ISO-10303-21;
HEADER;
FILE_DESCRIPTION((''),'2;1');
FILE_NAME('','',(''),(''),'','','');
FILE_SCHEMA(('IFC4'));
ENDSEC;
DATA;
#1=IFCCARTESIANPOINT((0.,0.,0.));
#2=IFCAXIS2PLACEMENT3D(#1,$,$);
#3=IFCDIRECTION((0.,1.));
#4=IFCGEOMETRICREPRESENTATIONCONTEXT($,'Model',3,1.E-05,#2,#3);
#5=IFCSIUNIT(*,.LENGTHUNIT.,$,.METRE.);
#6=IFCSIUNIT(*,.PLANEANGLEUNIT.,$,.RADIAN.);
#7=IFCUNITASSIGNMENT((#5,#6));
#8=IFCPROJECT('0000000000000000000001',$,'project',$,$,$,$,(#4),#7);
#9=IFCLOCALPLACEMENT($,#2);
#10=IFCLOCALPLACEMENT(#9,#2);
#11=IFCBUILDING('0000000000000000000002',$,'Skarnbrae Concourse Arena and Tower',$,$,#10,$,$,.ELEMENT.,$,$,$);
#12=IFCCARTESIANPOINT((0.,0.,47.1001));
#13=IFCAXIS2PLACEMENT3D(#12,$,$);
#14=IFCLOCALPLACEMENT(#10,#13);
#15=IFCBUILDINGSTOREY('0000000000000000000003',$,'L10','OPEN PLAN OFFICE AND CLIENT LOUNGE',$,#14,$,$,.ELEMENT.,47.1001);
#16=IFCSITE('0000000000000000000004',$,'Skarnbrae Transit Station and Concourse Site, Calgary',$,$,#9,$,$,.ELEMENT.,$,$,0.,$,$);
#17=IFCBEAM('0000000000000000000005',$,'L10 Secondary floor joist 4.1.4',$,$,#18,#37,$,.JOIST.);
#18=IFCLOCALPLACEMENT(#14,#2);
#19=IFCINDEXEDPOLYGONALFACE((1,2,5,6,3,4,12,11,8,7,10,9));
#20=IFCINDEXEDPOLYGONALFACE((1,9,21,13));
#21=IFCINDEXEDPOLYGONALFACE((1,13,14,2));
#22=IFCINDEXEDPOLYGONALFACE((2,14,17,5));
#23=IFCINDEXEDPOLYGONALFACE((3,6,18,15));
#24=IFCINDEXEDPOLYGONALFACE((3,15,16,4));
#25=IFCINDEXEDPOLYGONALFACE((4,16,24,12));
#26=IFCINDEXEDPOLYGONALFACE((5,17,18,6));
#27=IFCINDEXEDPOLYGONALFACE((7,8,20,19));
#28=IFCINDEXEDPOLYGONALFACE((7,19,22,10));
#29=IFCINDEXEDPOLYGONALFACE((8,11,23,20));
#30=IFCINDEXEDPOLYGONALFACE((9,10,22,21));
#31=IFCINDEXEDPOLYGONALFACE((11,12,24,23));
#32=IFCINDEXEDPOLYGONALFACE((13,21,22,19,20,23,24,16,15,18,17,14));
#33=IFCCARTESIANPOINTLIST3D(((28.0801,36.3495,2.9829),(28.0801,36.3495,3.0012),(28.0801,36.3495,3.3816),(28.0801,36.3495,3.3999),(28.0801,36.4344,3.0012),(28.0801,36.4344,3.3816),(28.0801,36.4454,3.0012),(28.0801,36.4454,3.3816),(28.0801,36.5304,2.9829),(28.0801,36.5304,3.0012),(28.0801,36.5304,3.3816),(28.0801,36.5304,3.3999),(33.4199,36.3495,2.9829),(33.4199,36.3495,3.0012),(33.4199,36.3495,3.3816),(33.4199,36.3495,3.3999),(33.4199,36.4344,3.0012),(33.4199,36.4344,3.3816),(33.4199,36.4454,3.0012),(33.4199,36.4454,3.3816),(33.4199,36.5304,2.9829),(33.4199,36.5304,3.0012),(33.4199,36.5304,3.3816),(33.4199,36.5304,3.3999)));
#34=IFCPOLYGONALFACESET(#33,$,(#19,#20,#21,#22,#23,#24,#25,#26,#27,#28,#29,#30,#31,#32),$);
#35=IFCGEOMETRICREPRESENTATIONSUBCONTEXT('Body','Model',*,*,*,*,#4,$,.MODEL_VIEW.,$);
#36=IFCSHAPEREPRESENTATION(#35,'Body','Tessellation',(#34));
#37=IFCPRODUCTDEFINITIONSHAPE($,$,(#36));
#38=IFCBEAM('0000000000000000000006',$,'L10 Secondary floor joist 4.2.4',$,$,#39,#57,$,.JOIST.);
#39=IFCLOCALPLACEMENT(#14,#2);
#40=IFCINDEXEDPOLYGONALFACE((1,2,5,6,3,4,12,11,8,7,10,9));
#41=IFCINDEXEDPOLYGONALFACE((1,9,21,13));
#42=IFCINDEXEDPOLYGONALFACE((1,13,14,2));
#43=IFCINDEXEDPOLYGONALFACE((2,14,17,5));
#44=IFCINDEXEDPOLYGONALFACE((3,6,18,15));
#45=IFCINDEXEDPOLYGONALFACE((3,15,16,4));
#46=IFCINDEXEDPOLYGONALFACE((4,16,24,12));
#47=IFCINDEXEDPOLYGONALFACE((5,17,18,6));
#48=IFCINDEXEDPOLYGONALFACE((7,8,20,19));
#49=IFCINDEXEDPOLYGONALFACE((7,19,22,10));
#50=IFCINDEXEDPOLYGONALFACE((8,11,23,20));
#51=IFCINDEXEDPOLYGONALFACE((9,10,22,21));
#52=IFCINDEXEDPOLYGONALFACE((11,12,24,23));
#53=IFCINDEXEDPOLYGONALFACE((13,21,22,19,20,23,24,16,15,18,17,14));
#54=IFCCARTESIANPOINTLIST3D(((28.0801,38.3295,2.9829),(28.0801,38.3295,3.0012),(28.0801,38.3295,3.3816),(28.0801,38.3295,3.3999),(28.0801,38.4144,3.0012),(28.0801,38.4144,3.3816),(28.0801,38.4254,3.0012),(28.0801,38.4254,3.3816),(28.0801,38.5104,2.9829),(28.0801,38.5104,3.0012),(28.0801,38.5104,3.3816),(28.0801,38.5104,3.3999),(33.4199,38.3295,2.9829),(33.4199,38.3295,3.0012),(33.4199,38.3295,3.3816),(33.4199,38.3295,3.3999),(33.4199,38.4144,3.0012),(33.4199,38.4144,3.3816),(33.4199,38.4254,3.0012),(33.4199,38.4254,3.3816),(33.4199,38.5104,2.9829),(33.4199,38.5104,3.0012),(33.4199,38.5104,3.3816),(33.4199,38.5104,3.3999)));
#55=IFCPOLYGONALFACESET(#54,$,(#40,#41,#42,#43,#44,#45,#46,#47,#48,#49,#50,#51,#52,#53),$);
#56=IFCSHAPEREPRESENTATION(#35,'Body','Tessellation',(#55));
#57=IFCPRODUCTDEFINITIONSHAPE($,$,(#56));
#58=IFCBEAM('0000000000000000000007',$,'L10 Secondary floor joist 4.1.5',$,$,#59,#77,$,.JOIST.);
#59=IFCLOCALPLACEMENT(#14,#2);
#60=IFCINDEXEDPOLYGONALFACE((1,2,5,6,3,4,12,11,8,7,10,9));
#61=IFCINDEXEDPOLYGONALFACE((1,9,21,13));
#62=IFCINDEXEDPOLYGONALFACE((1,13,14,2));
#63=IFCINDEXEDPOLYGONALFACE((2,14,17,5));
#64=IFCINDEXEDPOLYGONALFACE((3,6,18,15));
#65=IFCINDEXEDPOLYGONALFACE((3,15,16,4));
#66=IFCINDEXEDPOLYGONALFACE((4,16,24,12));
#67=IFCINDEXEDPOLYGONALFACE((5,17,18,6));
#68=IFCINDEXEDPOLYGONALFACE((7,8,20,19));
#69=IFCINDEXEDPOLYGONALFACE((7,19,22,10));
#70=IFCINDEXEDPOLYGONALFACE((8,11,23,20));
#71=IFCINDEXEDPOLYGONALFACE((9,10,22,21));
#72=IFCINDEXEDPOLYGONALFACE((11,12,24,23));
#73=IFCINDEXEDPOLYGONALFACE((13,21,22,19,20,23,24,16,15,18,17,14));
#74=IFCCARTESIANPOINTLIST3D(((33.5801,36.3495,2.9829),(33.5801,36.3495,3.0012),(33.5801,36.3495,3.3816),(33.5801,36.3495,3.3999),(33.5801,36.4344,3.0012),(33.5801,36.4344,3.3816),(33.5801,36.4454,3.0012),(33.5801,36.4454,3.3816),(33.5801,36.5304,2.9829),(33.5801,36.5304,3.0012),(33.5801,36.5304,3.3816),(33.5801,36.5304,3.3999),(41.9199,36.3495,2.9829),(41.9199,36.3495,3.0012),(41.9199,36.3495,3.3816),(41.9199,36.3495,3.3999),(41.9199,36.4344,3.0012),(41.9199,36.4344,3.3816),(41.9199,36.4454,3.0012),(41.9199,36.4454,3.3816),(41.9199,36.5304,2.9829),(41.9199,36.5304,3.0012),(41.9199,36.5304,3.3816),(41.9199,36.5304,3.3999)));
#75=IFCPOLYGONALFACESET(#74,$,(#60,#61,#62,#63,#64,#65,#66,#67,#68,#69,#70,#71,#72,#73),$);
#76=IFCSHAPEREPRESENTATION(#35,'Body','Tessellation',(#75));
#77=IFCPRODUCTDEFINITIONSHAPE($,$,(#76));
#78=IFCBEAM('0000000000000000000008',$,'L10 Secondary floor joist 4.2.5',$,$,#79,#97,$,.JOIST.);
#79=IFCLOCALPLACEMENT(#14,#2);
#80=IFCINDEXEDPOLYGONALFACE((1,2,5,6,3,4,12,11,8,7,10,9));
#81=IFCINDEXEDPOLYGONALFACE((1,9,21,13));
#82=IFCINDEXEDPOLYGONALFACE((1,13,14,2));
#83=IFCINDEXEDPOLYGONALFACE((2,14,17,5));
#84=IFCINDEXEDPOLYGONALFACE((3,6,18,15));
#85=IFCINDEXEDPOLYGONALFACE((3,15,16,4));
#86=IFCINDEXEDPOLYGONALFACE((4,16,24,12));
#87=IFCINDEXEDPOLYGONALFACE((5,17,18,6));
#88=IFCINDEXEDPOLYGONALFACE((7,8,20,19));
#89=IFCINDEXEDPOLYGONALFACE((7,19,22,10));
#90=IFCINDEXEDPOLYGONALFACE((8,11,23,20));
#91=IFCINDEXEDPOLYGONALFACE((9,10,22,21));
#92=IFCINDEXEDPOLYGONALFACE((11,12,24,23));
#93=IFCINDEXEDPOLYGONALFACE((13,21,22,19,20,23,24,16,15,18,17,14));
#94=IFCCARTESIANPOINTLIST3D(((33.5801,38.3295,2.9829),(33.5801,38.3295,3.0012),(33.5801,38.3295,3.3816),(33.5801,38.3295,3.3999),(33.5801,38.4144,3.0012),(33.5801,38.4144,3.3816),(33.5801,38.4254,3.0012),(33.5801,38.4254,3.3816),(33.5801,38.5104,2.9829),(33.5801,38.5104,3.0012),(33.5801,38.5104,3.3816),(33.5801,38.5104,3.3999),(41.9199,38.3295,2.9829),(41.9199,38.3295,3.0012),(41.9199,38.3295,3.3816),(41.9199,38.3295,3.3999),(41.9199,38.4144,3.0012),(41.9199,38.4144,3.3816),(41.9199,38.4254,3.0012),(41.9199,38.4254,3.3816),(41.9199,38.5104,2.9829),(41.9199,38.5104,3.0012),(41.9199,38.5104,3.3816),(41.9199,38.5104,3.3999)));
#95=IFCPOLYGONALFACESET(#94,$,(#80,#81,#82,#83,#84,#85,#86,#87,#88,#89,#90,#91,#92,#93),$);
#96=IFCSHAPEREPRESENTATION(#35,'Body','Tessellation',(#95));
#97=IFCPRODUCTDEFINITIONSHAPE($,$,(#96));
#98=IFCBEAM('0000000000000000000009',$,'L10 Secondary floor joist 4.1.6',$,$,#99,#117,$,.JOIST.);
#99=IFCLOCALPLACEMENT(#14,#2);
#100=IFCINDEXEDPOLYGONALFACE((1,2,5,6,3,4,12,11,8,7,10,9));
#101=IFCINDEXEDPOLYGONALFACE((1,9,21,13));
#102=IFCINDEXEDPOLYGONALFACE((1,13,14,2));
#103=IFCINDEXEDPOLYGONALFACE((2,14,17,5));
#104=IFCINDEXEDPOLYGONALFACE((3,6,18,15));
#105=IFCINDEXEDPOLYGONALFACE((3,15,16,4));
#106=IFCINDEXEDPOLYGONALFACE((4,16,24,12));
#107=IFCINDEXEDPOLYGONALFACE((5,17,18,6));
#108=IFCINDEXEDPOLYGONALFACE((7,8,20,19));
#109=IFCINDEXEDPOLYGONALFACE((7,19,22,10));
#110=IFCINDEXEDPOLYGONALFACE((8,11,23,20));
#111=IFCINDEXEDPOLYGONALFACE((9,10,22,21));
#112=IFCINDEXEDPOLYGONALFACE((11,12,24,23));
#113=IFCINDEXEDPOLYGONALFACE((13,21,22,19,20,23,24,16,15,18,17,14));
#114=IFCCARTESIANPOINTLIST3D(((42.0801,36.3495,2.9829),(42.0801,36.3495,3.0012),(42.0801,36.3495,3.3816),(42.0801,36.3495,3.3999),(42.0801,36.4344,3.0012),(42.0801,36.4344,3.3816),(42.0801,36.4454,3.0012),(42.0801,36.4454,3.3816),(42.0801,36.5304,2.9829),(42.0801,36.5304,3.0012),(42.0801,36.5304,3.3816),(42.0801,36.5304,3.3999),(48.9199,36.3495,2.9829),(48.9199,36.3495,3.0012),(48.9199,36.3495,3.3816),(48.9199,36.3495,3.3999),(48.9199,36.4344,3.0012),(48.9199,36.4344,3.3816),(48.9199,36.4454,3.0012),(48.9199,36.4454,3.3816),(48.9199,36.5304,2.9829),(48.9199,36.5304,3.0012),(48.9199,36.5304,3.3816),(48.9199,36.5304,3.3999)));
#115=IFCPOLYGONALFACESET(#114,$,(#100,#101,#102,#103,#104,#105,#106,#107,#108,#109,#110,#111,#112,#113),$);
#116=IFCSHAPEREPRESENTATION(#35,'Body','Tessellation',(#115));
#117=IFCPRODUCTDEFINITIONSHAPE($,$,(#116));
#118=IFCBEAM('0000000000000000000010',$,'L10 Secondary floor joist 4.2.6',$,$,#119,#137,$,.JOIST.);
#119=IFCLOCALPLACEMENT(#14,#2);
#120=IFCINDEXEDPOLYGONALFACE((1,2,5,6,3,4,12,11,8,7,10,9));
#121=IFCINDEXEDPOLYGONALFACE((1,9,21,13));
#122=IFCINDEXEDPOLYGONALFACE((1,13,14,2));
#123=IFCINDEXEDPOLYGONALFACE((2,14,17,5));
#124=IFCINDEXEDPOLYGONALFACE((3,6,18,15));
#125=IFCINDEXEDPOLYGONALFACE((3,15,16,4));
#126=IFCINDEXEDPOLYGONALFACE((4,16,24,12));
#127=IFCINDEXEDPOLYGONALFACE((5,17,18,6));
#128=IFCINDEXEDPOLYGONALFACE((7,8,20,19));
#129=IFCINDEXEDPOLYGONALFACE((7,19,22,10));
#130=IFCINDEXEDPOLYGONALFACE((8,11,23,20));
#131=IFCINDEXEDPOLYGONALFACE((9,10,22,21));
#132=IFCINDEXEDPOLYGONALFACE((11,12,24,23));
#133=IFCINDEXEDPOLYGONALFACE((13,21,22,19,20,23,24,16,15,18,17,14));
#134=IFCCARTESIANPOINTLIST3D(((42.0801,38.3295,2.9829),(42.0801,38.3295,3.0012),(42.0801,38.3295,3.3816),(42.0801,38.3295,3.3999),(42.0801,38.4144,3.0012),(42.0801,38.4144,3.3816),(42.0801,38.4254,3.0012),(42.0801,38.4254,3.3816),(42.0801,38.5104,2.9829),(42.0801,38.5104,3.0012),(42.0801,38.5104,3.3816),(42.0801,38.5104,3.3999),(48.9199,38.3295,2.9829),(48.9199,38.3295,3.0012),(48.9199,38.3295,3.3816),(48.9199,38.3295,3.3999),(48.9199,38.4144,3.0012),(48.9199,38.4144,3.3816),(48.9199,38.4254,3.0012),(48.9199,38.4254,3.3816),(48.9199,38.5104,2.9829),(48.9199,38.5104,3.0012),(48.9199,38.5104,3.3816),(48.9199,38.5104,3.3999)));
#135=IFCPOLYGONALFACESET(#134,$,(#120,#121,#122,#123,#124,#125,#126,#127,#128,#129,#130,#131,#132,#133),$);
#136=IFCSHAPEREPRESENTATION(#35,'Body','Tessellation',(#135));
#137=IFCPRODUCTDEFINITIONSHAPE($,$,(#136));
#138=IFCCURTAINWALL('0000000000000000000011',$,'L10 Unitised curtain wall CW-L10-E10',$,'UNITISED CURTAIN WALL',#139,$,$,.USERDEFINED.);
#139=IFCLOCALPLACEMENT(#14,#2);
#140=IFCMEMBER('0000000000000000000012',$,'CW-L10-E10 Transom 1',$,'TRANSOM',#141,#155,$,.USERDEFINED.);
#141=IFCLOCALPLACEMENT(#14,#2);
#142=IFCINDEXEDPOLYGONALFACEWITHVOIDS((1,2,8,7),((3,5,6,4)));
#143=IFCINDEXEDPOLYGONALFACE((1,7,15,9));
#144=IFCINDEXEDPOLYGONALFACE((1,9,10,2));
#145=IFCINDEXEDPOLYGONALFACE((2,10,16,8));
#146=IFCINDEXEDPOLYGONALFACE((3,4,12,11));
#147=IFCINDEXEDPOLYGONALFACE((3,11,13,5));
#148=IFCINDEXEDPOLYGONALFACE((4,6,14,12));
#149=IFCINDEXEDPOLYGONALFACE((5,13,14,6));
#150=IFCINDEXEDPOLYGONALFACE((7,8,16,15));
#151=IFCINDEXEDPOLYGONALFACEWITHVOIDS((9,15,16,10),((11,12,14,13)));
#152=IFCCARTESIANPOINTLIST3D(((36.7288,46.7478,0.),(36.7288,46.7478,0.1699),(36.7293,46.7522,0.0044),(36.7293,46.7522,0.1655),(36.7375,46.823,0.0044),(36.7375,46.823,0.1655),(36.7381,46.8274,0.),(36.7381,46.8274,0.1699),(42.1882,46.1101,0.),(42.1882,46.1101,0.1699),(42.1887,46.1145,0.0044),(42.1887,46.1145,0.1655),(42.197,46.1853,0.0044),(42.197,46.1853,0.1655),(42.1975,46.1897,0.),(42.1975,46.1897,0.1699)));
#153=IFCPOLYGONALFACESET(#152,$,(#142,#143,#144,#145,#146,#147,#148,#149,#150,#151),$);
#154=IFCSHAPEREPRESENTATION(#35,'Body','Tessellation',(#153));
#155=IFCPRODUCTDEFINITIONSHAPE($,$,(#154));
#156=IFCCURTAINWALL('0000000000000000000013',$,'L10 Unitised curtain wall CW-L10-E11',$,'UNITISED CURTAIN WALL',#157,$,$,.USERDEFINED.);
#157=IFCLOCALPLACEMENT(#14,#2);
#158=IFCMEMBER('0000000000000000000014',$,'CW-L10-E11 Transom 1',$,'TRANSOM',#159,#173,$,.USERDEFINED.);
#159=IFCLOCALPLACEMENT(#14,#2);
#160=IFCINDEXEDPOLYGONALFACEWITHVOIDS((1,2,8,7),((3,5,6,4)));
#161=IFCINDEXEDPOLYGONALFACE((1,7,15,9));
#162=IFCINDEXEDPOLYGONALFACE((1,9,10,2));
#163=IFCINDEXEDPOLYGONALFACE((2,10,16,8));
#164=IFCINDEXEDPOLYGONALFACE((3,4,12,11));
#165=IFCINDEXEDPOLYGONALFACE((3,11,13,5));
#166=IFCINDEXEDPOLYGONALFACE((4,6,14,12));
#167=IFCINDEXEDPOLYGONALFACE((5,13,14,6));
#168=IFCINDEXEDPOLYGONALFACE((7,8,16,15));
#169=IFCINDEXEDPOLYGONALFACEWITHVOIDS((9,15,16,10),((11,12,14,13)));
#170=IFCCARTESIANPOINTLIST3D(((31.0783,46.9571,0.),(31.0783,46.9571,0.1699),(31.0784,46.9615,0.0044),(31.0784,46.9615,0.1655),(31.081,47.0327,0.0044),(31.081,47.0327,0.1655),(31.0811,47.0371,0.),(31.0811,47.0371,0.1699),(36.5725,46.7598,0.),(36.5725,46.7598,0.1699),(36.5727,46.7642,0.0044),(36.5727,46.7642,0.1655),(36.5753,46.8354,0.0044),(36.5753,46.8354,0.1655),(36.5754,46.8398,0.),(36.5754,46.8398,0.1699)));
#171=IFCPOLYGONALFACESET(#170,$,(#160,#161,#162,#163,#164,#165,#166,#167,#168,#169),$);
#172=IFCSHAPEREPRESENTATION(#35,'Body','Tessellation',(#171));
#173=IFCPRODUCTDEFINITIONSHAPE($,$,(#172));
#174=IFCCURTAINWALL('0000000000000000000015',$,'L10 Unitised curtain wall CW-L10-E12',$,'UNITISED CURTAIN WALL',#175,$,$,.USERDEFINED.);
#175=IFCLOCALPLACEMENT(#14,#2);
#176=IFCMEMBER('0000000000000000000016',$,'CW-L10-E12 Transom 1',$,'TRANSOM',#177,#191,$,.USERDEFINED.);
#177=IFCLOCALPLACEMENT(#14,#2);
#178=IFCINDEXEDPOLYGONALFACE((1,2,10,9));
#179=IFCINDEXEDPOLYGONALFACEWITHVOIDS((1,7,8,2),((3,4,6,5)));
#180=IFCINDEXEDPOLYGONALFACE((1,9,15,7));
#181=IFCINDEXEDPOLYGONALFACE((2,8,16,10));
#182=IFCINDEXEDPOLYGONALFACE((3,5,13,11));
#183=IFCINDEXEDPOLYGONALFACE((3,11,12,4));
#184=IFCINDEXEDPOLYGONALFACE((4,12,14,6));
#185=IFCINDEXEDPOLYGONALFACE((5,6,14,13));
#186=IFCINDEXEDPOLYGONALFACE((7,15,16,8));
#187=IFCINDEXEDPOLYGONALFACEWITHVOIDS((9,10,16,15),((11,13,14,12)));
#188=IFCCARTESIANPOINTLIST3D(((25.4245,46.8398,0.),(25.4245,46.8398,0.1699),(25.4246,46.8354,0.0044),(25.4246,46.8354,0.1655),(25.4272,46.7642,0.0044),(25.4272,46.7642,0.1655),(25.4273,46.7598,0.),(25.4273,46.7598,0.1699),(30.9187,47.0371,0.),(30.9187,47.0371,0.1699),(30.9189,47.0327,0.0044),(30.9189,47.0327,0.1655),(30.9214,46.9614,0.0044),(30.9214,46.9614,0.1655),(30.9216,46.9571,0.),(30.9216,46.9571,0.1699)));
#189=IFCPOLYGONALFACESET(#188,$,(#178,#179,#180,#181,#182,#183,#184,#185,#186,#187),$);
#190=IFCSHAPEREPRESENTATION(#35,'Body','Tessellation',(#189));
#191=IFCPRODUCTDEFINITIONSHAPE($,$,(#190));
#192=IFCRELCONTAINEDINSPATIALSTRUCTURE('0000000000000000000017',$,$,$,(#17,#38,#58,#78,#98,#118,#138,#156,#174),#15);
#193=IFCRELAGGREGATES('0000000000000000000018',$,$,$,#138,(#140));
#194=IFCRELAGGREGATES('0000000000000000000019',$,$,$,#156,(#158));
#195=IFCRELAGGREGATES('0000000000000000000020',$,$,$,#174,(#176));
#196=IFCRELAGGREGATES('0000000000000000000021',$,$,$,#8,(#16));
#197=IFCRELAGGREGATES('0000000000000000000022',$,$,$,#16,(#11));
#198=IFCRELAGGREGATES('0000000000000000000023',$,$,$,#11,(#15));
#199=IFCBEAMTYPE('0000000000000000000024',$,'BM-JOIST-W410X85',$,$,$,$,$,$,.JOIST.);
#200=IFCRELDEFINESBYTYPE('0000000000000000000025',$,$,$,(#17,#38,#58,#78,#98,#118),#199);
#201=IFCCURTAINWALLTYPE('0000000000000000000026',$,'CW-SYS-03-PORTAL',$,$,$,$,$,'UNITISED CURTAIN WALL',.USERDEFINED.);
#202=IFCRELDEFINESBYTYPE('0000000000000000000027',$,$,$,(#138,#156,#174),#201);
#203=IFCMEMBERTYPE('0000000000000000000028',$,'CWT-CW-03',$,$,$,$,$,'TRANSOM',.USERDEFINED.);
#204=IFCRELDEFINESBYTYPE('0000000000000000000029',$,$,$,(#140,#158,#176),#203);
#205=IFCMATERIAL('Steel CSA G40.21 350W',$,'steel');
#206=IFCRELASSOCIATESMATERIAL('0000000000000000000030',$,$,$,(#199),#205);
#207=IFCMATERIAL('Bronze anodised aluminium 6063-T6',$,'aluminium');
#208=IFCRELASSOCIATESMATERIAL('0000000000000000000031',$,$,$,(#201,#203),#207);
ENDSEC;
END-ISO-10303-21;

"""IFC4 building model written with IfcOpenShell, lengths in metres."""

from ifc_helpers import new_model, si_unit, direction, frame, origin, origin_2d, place, context, subcontext, project, spatial, hollow_rectangle, i_section, extrude, source, transform, mapped, material, material_profile, profile_set, type_object, element, aggregate, save


model = new_model("IFC4")

# Units and contexts
model_context = context("Model", 3, precision=1e-05, world=origin(), true_north=direction((0.0, 1.0)))
body_context = subcontext(model_context, "Body", "Model", "MODEL_VIEW")
ifc_project = project(units=[si_unit("LENGTHUNIT", "METRE"), si_unit("PLANEANGLEUNIT", "RADIAN")], contexts=[model_context])

# Site, building, storey
site_placement = place(None, origin())
site = spatial("IfcSite", under=ifc_project, at=site_placement, Name="Skarnbrae Transit Station and Concourse Site, Calgary", CompositionType="ELEMENT", RefElevation=0.0)
building_placement = place(site_placement, origin())
building = spatial("IfcBuilding", under=site, at=building_placement, Name="Skarnbrae Concourse Arena and Tower", CompositionType="ELEMENT")
storey_placement = place(building_placement, frame((0.0, 0.0, 47.1001)))
storey = spatial("IfcBuildingStorey", under=building, at=storey_placement, Name="L10", Description="OPEN PLAN OFFICE AND CLIENT LOUNGE", CompositionType="ELEMENT", Elevation=47.1001)

# Shared definitions
ifc_material_1 = material(Name="Steel CSA G40.21 350W", Category="steel")

# Beams
ifc_material_profile_1 = material_profile(ifc_material_1, i_section(OverallWidth=0.1809, OverallDepth=0.417, WebThickness=0.011, FlangeThickness=0.0183, at=origin_2d()), Name="W410X85")
ifc_profile_set_1 = profile_set([ifc_material_profile_1], Name="Steel CSA G40.21 350W")
beam_type_1 = type_object("IfcBeamType", Name="BM-JOIST-W410X85", PredefinedType="JOIST", material=ifc_profile_set_1)
shared_shape_1 = source(origin(), body_context, "Body", "SweptSolid", [
    extrude(i_section(OverallWidth=0.1809, OverallDepth=0.417, WebThickness=0.011, FlangeThickness=0.0183, at=origin_2d()), origin(), (0.0, 0.0, 1.0), 5.3398),
])
for number, where, z_axis, x_axis, name in (
    (1, (28.0801, 36.4399, 3.1914), (1.0, 0.0, 0.0), (0.0, 1.0, 0.0), "L10 Secondary floor joist 4.1.4"),
    (2, (28.0801, 38.4199, 3.1914), (1.0, 0.0, 0.0), (0.0, 1.0, 0.0), "L10 Secondary floor joist 4.2.4"),
):
    element("IfcBeam", number, at=place(storey_placement, frame(where, z_axis=z_axis, x_axis=x_axis)), inside=storey, type_object=beam_type_1, Name=name, PredefinedType="JOIST", context=body_context, shape_type="MappedRepresentation", body=[
        mapped(shared_shape_1, transform((0.0, 0.0, 0.0))),
    ])
shared_shape_2 = source(origin(), body_context, "Body", "SweptSolid", [
    extrude(i_section(OverallWidth=0.1809, OverallDepth=0.417, WebThickness=0.011, FlangeThickness=0.0183, at=origin_2d()), origin(), (0.0, 0.0, 1.0), 8.3398),
])
for number, where, z_axis, x_axis, name in (
    (3, (33.5801, 36.4399, 3.1914), (1.0, 0.0, 0.0), (0.0, 1.0, 0.0), "L10 Secondary floor joist 4.1.5"),
    (4, (33.5801, 38.4199, 3.1914), (1.0, 0.0, 0.0), (0.0, 1.0, 0.0), "L10 Secondary floor joist 4.2.5"),
):
    element("IfcBeam", number, at=place(storey_placement, frame(where, z_axis=z_axis, x_axis=x_axis)), inside=storey, type_object=beam_type_1, Name=name, PredefinedType="JOIST", context=body_context, shape_type="MappedRepresentation", body=[
        mapped(shared_shape_2, transform((0.0, 0.0, 0.0))),
    ])
shared_shape_3 = source(origin(), body_context, "Body", "SweptSolid", [
    extrude(i_section(OverallWidth=0.1809, OverallDepth=0.417, WebThickness=0.011, FlangeThickness=0.0183, at=origin_2d()), origin(), (0.0, 0.0, 1.0), 6.8398),
])
for number, where, z_axis, x_axis, name in (
    (5, (42.0801, 36.4399, 3.1914), (1.0, 0.0, 0.0), (0.0, 1.0, 0.0), "L10 Secondary floor joist 4.1.6"),
    (6, (42.0801, 38.4199, 3.1914), (1.0, 0.0, 0.0), (0.0, 1.0, 0.0), "L10 Secondary floor joist 4.2.6"),
):
    element("IfcBeam", number, at=place(storey_placement, frame(where, z_axis=z_axis, x_axis=x_axis)), inside=storey, type_object=beam_type_1, Name=name, PredefinedType="JOIST", context=body_context, shape_type="MappedRepresentation", body=[
        mapped(shared_shape_3, transform((0.0, 0.0, 0.0))),
    ])

# Curtain walls, members
ifc_material_2 = material(Name="Bronze anodised aluminium 6063-T6", Category="aluminium")
curtain_wall_type = type_object("IfcCurtainWallType", Name="CW-SYS-03-PORTAL", ElementType="UNITISED CURTAIN WALL", PredefinedType="USERDEFINED", material=ifc_material_2)
curtain_wall_1_placement = place(storey_placement, origin())
curtain_wall_1 = element("IfcCurtainWall", 7, at=curtain_wall_1_placement, inside=storey, type_object=curtain_wall_type, Name="L10 Unitised curtain wall CW-L10-E10", ObjectType="UNITISED CURTAIN WALL", PredefinedType="USERDEFINED")
ifc_material_profile_2 = material_profile(ifc_material_2, hollow_rectangle(XDim=0.0801, YDim=0.1699, WallThickness=0.0044, at=origin_2d()), Name="ALU-TRAN-80X170")
ifc_profile_set_2 = profile_set([ifc_material_profile_2], Name="Bronze anodised aluminium 6063-T6")
member_type_1 = type_object("IfcMemberType", Name="CWT-CW-03", ElementType="TRANSOM", PredefinedType="USERDEFINED", material=ifc_profile_set_2)
shared_shape_4 = source(origin(), body_context, "Body", "SweptSolid", [
    extrude(hollow_rectangle(XDim=0.0801, YDim=0.1699, WallThickness=0.0044, at=origin_2d()), origin(), (0.0, 0.0, 1.0), 5.4966),
])
member_1_placement = place(storey_placement, frame((42.1929, 46.1499, 0.085), z_axis=(-0.993247, 0.116017, 0.0), x_axis=(-0.116017, -0.993247, 0.0)))
member_1 = element("IfcMember", 8, at=member_1_placement, type_object=member_type_1, Name="CW-L10-E10 Transom 1", ObjectType="TRANSOM", PredefinedType="USERDEFINED", context=body_context, shape_type="MappedRepresentation", body=[
    mapped(shared_shape_4, transform((0.0, 0.0, 0.0))),
])
curtain_wall_2_placement = place(storey_placement, origin())
curtain_wall_2 = element("IfcCurtainWall", 9, at=curtain_wall_2_placement, inside=storey, type_object=curtain_wall_type, Name="L10 Unitised curtain wall CW-L10-E11", ObjectType="UNITISED CURTAIN WALL", PredefinedType="USERDEFINED")
shared_shape_5 = source(origin(), body_context, "Body", "SweptSolid", [
    extrude(hollow_rectangle(XDim=0.0801, YDim=0.1699, WallThickness=0.0044, at=origin_2d()), origin(), (0.0, 0.0, 1.0), 5.4978),
])
member_2_placement = place(storey_placement, frame((36.574, 46.7998, 0.085), z_axis=(-0.999356, 0.035882, 0.0), x_axis=(-0.035882, -0.999356, 0.0)))
member_2 = element("IfcMember", 10, at=member_2_placement, type_object=member_type_1, Name="CW-L10-E11 Transom 1", ObjectType="TRANSOM", PredefinedType="USERDEFINED", context=body_context, shape_type="MappedRepresentation", body=[
    mapped(shared_shape_5, transform((0.0, 0.0, 0.0))),
])
curtain_wall_3_placement = place(storey_placement, origin())
curtain_wall_3 = element("IfcCurtainWall", 11, at=curtain_wall_3_placement, inside=storey, type_object=curtain_wall_type, Name="L10 Unitised curtain wall CW-L10-E12", ObjectType="UNITISED CURTAIN WALL", PredefinedType="USERDEFINED")
member_3_placement = place(storey_placement, frame((30.9202, 46.9971, 0.085), z_axis=(-0.999356, -0.035882, 0.0), x_axis=(0.035882, -0.999356, 0.0)))
member_3 = element("IfcMember", 12, at=member_3_placement, type_object=member_type_1, Name="CW-L10-E12 Transom 1", ObjectType="TRANSOM", PredefinedType="USERDEFINED", context=body_context, shape_type="MappedRepresentation", body=[
    mapped(shared_shape_5, transform((0.0, 0.0, 0.0))),
])

aggregate(curtain_wall_1, [member_1])
aggregate(curtain_wall_2, [member_2])
aggregate(curtain_wall_3, [member_3])

save(model, "model.ifc")
